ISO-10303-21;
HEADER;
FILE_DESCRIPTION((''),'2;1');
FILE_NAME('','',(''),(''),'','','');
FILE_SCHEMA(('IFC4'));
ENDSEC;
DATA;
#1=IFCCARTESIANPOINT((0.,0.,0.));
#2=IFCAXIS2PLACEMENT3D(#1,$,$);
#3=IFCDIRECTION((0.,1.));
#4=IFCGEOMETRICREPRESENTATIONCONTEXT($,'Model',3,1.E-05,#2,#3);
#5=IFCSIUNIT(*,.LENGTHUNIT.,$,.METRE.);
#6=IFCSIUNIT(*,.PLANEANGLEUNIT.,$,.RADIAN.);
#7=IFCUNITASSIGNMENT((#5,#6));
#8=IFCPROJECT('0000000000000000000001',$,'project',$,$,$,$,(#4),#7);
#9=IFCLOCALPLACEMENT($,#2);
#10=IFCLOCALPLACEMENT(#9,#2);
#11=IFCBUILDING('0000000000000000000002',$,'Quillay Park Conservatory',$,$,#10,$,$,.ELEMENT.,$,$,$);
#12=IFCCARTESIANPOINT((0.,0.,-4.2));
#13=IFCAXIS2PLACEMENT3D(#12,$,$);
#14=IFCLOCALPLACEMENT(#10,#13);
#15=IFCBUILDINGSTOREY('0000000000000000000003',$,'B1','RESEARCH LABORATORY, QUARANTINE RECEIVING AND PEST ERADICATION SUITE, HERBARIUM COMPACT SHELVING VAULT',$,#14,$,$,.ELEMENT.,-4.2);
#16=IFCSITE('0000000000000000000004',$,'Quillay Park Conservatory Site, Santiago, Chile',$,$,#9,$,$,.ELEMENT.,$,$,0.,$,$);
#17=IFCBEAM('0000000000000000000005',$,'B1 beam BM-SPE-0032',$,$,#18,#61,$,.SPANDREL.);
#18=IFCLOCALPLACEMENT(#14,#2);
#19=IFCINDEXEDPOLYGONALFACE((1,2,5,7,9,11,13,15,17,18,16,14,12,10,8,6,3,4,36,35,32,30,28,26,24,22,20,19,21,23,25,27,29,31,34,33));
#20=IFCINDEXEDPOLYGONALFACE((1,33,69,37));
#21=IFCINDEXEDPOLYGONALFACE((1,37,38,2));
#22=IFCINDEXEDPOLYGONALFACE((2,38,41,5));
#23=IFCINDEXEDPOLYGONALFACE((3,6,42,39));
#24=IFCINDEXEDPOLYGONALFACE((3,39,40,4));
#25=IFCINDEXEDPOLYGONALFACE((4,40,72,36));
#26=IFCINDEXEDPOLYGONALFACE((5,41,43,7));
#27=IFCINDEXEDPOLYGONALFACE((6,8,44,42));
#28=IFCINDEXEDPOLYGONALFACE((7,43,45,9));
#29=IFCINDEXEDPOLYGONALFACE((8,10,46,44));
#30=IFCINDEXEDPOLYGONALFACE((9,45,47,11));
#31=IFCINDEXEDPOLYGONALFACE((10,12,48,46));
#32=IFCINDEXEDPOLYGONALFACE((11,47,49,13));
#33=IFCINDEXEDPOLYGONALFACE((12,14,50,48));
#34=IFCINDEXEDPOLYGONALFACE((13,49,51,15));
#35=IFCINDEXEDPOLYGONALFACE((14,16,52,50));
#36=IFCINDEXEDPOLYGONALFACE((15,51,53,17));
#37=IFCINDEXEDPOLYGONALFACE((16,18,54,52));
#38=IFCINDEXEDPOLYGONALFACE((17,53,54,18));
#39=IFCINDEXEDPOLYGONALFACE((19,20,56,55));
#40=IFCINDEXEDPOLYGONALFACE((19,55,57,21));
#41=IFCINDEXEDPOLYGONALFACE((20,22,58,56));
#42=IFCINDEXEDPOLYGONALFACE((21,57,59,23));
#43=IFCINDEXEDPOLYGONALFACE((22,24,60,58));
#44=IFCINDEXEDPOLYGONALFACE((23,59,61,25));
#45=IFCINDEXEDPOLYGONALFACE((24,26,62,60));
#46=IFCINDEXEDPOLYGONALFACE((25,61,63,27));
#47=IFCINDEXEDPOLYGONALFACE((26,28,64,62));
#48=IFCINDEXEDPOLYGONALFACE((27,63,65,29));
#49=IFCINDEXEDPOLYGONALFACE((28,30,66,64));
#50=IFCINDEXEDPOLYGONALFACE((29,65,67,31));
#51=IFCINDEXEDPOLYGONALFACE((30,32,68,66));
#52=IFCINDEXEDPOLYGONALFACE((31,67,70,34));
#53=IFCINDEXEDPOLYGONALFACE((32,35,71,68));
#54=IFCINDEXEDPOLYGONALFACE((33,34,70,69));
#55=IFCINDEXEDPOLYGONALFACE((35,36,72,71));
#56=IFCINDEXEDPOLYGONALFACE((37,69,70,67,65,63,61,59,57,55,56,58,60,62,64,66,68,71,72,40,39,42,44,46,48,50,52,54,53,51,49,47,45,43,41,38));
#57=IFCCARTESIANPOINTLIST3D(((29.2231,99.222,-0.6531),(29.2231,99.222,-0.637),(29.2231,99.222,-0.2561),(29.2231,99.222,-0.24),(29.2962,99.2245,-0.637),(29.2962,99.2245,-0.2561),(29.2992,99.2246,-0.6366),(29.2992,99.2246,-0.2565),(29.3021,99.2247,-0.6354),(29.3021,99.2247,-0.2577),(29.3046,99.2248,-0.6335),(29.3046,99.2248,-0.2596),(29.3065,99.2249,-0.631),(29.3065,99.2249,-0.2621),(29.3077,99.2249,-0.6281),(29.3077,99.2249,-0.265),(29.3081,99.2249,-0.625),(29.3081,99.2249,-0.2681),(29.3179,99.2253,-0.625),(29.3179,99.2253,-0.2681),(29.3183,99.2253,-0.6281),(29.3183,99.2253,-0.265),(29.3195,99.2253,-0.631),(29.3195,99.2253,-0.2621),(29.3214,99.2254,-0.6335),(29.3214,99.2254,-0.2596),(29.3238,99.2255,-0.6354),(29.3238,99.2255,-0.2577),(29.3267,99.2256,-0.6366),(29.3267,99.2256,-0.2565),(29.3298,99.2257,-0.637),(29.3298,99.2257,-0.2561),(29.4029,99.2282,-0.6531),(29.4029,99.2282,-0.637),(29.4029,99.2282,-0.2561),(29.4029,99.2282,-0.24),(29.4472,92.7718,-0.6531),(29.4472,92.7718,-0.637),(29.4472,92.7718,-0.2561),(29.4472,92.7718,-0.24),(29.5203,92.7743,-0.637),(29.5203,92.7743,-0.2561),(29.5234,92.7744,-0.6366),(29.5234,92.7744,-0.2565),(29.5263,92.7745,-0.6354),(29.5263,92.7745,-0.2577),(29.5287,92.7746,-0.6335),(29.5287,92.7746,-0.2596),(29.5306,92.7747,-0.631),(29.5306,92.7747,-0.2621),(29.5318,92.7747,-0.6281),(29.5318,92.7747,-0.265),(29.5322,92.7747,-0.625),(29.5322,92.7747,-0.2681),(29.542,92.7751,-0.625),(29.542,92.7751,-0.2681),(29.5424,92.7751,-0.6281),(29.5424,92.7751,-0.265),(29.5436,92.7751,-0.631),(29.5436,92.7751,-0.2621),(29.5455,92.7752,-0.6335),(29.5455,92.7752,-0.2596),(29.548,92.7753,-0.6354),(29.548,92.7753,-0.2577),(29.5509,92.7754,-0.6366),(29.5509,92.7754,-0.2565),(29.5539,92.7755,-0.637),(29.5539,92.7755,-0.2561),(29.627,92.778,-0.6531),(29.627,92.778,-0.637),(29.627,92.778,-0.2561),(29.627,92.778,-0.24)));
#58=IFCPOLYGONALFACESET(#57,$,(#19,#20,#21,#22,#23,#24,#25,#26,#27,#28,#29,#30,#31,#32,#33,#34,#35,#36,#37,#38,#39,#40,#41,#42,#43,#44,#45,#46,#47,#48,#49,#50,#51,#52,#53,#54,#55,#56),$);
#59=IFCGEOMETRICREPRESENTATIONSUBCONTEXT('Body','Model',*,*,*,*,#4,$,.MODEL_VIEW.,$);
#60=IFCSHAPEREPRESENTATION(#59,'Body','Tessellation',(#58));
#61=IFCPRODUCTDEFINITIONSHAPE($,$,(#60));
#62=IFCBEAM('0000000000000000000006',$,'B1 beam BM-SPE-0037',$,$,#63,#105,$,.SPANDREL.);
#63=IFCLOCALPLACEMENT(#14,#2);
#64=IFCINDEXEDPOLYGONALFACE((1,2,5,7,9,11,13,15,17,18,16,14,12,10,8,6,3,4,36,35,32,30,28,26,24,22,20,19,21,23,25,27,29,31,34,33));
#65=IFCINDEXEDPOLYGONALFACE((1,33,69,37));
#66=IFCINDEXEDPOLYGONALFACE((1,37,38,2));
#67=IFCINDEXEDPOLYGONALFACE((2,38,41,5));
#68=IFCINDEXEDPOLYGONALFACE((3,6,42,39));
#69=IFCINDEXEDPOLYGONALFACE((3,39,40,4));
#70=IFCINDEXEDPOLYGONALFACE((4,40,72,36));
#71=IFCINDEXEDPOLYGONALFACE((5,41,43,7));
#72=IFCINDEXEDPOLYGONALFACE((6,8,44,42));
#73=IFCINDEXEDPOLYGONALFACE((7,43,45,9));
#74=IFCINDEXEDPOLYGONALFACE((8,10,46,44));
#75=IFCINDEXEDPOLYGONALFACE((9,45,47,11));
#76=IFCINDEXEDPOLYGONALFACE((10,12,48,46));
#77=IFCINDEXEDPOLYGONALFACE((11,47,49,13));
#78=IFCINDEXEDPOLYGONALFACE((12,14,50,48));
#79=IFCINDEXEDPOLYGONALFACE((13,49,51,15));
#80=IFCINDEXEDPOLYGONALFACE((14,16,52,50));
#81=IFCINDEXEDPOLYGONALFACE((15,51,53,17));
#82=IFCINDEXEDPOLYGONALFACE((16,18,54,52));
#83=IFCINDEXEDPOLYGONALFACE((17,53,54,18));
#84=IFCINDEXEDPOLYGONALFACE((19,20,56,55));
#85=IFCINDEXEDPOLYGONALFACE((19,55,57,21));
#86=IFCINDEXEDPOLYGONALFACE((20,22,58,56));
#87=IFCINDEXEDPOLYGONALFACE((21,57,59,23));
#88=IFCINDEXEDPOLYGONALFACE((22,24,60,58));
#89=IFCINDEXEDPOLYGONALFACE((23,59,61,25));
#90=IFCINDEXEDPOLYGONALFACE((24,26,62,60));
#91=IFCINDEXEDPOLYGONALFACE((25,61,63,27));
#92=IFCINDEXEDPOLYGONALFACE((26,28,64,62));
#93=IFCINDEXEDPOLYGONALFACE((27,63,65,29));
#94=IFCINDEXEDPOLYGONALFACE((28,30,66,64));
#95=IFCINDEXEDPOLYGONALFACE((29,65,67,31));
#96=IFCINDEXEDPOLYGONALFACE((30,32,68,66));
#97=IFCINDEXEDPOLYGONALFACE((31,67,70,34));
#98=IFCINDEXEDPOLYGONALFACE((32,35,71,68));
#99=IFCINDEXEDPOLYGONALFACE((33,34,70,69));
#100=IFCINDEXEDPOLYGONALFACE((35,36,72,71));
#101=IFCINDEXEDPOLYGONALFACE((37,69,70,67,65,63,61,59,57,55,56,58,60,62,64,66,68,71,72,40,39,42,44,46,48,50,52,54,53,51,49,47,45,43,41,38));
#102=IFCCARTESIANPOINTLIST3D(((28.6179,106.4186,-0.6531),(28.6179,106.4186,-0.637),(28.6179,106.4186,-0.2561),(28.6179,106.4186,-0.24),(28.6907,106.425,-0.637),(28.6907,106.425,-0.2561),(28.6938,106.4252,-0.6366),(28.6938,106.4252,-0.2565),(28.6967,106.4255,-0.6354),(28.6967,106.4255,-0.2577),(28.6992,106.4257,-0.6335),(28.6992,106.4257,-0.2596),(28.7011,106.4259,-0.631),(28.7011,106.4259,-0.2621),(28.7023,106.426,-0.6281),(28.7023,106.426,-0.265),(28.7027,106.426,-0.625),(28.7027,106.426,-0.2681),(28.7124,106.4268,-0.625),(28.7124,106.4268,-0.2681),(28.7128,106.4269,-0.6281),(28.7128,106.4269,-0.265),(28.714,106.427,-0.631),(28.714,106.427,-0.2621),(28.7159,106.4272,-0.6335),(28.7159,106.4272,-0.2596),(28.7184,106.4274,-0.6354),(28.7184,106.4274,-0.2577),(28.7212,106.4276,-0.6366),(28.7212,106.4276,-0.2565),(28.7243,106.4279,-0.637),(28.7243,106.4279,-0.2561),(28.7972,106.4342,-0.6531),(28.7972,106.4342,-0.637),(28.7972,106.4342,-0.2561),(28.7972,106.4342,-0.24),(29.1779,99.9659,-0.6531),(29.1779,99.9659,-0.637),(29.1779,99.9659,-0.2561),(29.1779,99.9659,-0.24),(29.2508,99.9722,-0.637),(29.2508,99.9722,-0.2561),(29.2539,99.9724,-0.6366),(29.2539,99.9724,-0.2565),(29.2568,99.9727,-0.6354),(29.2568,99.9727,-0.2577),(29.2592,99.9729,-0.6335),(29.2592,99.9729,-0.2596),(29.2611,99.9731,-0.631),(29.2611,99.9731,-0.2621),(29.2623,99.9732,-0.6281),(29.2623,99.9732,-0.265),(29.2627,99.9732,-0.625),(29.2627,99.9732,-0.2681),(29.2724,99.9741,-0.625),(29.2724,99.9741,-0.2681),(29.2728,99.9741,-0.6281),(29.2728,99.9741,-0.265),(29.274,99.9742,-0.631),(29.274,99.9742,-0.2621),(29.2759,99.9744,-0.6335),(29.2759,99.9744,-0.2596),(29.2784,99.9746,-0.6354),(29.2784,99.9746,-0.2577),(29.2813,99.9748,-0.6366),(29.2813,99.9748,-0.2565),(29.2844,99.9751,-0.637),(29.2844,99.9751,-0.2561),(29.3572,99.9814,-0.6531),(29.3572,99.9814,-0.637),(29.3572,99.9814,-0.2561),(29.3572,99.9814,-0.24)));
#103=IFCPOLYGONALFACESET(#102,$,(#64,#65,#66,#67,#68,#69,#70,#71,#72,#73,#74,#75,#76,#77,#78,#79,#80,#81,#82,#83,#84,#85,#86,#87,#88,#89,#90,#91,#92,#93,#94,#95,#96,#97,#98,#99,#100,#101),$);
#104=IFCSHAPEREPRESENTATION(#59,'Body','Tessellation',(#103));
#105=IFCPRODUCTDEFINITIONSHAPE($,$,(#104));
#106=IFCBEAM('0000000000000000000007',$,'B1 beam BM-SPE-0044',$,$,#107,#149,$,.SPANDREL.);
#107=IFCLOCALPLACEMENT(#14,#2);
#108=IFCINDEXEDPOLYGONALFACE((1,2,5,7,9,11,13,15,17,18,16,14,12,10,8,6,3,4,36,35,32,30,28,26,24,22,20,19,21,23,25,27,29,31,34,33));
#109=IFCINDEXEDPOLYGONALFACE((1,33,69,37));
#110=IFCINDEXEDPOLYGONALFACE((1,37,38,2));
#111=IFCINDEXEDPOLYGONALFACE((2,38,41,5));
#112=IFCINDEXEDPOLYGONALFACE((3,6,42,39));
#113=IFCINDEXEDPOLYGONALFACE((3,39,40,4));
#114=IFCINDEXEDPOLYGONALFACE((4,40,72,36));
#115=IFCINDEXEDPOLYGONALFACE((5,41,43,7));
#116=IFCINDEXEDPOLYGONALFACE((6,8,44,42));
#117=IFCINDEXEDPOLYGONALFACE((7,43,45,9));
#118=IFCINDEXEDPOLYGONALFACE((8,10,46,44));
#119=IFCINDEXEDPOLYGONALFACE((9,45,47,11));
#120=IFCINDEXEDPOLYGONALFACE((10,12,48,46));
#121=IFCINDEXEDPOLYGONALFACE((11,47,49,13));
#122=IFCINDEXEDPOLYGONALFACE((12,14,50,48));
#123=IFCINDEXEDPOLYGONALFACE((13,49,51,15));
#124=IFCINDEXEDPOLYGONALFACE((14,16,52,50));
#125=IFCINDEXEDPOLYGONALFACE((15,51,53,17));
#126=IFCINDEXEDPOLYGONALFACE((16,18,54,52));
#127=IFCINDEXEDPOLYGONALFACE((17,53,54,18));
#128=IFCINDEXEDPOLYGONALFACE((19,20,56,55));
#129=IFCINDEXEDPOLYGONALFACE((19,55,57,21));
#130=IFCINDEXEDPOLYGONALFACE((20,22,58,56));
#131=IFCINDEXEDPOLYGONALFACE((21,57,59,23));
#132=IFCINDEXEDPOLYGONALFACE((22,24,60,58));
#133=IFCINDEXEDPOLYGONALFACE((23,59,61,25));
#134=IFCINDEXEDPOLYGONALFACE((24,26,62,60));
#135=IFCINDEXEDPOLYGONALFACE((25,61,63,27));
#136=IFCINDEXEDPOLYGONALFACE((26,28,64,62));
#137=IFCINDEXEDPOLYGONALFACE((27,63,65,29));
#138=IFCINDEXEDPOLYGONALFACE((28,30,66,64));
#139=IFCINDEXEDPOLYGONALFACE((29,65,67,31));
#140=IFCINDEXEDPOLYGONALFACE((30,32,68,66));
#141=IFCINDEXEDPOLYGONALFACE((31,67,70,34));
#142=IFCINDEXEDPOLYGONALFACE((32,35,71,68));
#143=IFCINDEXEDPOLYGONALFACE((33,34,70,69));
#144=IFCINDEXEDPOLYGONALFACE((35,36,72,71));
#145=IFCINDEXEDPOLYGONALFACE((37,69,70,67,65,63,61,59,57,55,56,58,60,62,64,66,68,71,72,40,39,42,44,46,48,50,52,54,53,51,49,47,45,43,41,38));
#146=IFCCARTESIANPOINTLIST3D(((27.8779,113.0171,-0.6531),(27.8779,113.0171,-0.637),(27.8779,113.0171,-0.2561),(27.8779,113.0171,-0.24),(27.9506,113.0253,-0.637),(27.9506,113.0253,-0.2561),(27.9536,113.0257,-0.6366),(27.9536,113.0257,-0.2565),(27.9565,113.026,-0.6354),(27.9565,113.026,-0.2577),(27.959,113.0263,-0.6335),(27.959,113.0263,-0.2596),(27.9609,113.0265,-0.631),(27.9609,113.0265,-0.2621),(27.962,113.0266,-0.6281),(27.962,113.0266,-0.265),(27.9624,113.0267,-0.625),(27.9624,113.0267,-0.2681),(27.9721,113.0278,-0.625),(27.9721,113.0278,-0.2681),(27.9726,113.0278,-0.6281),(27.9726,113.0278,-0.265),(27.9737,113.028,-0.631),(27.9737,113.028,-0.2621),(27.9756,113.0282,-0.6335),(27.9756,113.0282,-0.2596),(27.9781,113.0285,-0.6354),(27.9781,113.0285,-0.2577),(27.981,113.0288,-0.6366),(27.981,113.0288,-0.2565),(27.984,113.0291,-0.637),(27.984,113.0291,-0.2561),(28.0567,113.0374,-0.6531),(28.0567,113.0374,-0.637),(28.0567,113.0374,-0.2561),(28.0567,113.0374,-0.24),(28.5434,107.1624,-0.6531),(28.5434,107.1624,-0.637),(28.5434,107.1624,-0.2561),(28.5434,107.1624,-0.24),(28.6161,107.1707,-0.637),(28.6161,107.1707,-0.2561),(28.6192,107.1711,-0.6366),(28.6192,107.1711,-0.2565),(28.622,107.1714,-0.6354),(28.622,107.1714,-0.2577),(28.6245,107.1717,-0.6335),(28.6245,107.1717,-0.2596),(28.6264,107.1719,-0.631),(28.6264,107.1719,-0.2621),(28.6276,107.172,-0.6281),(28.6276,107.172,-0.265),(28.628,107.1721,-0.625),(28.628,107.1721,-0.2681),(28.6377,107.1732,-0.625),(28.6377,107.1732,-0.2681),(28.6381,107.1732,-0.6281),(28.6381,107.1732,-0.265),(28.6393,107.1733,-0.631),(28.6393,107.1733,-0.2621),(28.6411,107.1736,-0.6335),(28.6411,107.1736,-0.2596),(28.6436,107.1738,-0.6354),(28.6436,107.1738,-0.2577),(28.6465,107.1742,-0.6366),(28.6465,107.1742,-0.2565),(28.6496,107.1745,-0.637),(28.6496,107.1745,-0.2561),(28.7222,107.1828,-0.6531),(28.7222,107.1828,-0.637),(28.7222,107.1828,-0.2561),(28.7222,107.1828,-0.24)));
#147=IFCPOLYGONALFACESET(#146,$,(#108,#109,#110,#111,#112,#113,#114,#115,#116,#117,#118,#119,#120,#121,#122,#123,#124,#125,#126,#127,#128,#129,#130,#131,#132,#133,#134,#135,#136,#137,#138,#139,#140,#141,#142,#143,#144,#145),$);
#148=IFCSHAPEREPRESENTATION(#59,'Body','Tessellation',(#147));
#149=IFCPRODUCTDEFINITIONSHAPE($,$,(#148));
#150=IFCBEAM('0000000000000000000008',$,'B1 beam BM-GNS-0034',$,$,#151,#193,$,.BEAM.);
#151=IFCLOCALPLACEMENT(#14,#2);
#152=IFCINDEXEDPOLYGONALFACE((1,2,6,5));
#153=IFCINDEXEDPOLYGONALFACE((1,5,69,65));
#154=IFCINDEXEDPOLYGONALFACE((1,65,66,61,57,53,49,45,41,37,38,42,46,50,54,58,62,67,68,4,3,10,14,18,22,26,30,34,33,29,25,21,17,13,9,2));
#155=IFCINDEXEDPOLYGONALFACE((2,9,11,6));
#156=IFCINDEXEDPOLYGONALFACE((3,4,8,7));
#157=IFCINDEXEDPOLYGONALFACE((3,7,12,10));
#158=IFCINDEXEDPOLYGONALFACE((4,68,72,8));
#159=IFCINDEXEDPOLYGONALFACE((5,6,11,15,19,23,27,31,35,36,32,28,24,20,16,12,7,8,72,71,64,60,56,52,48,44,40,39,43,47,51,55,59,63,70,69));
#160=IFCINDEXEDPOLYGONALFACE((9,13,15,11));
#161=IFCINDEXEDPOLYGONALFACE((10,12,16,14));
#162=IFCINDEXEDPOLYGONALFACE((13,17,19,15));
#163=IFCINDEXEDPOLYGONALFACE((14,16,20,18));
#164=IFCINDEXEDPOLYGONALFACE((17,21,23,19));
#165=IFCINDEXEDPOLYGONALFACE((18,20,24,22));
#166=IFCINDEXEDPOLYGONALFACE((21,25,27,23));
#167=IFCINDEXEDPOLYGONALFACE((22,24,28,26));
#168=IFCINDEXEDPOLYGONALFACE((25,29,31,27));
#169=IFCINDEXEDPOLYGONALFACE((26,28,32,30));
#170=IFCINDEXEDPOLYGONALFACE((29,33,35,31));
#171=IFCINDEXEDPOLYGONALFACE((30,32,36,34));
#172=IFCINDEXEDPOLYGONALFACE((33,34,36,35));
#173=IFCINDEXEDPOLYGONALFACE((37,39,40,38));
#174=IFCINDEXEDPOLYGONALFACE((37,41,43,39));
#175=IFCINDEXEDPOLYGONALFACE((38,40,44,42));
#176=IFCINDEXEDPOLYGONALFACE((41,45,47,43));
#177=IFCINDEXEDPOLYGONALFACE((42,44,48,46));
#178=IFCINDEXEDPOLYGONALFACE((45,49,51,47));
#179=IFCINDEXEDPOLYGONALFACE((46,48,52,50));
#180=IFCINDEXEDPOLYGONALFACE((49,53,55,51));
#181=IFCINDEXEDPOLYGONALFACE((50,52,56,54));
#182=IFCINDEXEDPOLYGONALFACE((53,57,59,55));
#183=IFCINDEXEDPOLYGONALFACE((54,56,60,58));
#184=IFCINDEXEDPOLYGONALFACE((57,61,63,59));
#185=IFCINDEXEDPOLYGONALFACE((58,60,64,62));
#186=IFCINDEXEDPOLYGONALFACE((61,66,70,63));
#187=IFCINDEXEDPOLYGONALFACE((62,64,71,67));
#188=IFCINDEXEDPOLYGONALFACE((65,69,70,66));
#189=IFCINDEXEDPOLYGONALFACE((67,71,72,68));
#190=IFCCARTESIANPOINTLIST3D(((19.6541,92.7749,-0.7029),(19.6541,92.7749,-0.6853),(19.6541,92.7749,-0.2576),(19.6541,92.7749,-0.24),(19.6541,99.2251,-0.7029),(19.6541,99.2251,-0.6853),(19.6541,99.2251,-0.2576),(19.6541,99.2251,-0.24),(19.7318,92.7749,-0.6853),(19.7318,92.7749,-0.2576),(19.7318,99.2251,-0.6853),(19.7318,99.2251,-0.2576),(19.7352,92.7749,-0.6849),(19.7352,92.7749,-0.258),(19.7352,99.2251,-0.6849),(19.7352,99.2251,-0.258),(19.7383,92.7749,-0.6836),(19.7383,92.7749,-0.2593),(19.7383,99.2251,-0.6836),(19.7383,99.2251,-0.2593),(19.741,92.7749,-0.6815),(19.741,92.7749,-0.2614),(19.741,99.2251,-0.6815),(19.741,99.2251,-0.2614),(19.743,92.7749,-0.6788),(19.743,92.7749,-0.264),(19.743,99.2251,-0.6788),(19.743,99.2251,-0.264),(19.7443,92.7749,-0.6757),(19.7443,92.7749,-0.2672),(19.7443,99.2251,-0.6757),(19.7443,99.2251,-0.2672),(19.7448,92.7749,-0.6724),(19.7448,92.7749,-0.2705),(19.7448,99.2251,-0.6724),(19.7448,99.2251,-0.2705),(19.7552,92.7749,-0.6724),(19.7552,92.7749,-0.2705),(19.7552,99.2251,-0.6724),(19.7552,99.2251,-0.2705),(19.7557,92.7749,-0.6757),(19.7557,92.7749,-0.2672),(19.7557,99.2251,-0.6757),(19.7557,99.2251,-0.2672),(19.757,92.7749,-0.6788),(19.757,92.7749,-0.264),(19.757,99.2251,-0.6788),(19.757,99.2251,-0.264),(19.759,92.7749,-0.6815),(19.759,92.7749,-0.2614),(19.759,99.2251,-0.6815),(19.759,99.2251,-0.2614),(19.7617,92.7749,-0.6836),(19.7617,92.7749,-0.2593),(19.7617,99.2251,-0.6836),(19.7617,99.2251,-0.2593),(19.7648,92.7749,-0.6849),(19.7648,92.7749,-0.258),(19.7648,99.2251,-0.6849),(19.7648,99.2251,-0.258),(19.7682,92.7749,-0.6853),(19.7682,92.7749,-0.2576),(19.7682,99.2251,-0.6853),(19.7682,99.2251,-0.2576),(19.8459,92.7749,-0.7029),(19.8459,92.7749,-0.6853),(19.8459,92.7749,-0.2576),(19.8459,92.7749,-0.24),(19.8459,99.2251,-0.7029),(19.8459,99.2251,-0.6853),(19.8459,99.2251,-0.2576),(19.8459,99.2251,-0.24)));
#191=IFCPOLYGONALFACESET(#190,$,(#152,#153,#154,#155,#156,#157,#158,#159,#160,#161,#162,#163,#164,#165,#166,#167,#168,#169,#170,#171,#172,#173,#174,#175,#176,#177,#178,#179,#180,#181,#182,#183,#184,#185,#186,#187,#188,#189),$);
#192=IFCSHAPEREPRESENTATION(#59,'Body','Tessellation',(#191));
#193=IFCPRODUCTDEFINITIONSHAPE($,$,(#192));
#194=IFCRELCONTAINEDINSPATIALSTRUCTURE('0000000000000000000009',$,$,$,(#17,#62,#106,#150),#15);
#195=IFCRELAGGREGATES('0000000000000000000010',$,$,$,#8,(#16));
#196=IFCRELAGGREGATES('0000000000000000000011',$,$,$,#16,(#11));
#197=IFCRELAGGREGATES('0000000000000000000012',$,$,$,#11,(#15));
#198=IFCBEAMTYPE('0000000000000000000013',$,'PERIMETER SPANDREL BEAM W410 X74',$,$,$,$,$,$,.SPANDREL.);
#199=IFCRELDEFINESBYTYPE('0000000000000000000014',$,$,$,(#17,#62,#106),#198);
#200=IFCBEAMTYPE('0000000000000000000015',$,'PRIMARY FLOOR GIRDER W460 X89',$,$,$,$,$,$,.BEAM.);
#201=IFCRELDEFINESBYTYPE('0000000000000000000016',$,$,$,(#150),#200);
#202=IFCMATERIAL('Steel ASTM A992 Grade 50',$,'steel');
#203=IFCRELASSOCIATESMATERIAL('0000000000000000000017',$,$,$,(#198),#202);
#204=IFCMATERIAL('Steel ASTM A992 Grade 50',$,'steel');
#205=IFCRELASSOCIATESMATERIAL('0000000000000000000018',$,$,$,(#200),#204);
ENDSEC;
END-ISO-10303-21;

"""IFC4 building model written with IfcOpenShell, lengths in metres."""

from ifc_helpers import new_model, si_unit, direction, frame, origin, origin_2d, place, context, subcontext, project, spatial, i_section, extrude, material, material_profile, profile_set, type_object, element, save


model = new_model("IFC4")

# Units and contexts
model_context = context("Model", 3, precision=1e-05, world=origin(), true_north=direction((0.0, 1.0)))
body_context = subcontext(model_context, "Body", "Model", "MODEL_VIEW")
ifc_project = project(units=[si_unit("LENGTHUNIT", "METRE"), si_unit("PLANEANGLEUNIT", "RADIAN")], contexts=[model_context])

# Site, building, storey
site_placement = place(None, origin())
site = spatial("IfcSite", under=ifc_project, at=site_placement, Name="Quillay Park Conservatory Site, Santiago, Chile", CompositionType="ELEMENT", RefElevation=0.0)
building_placement = place(site_placement, origin())
building = spatial("IfcBuilding", under=site, at=building_placement, Name="Quillay Park Conservatory", CompositionType="ELEMENT")
storey_placement = place(building_placement, frame((0.0, 0.0, -4.2)))
storey = spatial("IfcBuildingStorey", under=building, at=storey_placement, Name="B1", Description="RESEARCH LABORATORY, QUARANTINE RECEIVING AND PEST ERADICATION SUITE, HERBARIUM COMPACT SHELVING VAULT", CompositionType="ELEMENT", Elevation=-4.2)

# Beams
ifc_material_1 = material(Name="Steel ASTM A992 Grade 50", Category="steel")
ifc_material_profile_1 = material_profile(ifc_material_1, i_section(OverallWidth=0.1799, OverallDepth=0.4131, WebThickness=0.0098, FlangeThickness=0.0161, FilletRadius=0.012, at=origin_2d()), Name="W410x74")
ifc_profile_set_1 = profile_set([ifc_material_profile_1], Name="Steel ASTM A992 Grade 50")
beam_type_1 = type_object("IfcBeamType", Name="PERIMETER SPANDREL BEAM W410 X74", PredefinedType="SPANDREL", material=ifc_profile_set_1)
beam_1_placement = place(storey_placement, frame((29.5371, 92.7749, -0.4465), z_axis=(-0.034725, 0.999397, 0.0), x_axis=(-0.999397, -0.034725, 0.0)))
element("IfcBeam", 1, at=beam_1_placement, inside=storey, type_object=beam_type_1, Name="B1 beam BM-SPE-0032", PredefinedType="SPANDREL", context=body_context, shape_type="SweptSolid", body=[
    extrude(i_section(OverallWidth=0.1799, OverallDepth=0.4131, WebThickness=0.0098, FlangeThickness=0.0161, FilletRadius=0.012, at=origin_2d()), origin(), (0.0, 0.0, 1.0), 6.4541),
])
beam_2_placement = place(storey_placement, frame((29.2676, 99.9736, -0.4465), z_axis=(-0.086467, 0.996255, 0.0), x_axis=(-0.996255, -0.086467, 0.0)))
element("IfcBeam", 2, at=beam_2_placement, inside=storey, type_object=beam_type_1, Name="B1 beam BM-SPE-0037", PredefinedType="SPANDREL", context=body_context, shape_type="SweptSolid", body=[
    extrude(i_section(OverallWidth=0.1799, OverallDepth=0.4131, WebThickness=0.0098, FlangeThickness=0.0161, FilletRadius=0.012, at=origin_2d()), origin(), (0.0, 0.0, 1.0), 6.4771),
])
beam_3_placement = place(storey_placement, frame((28.6328, 107.1726, -0.4465), z_axis=(-0.112946, 0.993601, 0.0), x_axis=(-0.993601, -0.112946, 0.0)))
element("IfcBeam", 3, at=beam_3_placement, inside=storey, type_object=beam_type_1, Name="B1 beam BM-SPE-0044", PredefinedType="SPANDREL", context=body_context, shape_type="SweptSolid", body=[
    extrude(i_section(OverallWidth=0.1799, OverallDepth=0.4131, WebThickness=0.0098, FlangeThickness=0.0161, FilletRadius=0.012, at=origin_2d()), origin(), (0.0, 0.0, 1.0), 5.8923),
])
ifc_material_2 = material(Name="Steel ASTM A992 Grade 50", Category="steel")
ifc_material_profile_2 = material_profile(ifc_material_2, i_section(OverallWidth=0.1919, OverallDepth=0.4629, WebThickness=0.0105, FlangeThickness=0.0176, FilletRadius=0.0129, at=origin_2d()), Name="W460x89")
ifc_profile_set_2 = profile_set([ifc_material_profile_2], Name="Steel ASTM A992 Grade 50")
beam_type_2 = type_object("IfcBeamType", Name="PRIMARY FLOOR GIRDER W460 X89", PredefinedType="BEAM", material=ifc_profile_set_2)
beam_4_placement = place(storey_placement, frame((19.75, 92.7749, -0.4714), z_axis=(0.0, 1.0, 0.0), x_axis=(-1.0, 0.0, 0.0)))
element("IfcBeam", 4, at=beam_4_placement, inside=storey, type_object=beam_type_2, Name="B1 beam BM-GNS-0034", PredefinedType="BEAM", context=body_context, shape_type="SweptSolid", body=[
    extrude(i_section(OverallWidth=0.1919, OverallDepth=0.4629, WebThickness=0.0105, FlangeThickness=0.0176, FilletRadius=0.0129, at=origin_2d()), origin(), (0.0, 0.0, 1.0), 6.4502),
])

save(model, "model.ifc")
